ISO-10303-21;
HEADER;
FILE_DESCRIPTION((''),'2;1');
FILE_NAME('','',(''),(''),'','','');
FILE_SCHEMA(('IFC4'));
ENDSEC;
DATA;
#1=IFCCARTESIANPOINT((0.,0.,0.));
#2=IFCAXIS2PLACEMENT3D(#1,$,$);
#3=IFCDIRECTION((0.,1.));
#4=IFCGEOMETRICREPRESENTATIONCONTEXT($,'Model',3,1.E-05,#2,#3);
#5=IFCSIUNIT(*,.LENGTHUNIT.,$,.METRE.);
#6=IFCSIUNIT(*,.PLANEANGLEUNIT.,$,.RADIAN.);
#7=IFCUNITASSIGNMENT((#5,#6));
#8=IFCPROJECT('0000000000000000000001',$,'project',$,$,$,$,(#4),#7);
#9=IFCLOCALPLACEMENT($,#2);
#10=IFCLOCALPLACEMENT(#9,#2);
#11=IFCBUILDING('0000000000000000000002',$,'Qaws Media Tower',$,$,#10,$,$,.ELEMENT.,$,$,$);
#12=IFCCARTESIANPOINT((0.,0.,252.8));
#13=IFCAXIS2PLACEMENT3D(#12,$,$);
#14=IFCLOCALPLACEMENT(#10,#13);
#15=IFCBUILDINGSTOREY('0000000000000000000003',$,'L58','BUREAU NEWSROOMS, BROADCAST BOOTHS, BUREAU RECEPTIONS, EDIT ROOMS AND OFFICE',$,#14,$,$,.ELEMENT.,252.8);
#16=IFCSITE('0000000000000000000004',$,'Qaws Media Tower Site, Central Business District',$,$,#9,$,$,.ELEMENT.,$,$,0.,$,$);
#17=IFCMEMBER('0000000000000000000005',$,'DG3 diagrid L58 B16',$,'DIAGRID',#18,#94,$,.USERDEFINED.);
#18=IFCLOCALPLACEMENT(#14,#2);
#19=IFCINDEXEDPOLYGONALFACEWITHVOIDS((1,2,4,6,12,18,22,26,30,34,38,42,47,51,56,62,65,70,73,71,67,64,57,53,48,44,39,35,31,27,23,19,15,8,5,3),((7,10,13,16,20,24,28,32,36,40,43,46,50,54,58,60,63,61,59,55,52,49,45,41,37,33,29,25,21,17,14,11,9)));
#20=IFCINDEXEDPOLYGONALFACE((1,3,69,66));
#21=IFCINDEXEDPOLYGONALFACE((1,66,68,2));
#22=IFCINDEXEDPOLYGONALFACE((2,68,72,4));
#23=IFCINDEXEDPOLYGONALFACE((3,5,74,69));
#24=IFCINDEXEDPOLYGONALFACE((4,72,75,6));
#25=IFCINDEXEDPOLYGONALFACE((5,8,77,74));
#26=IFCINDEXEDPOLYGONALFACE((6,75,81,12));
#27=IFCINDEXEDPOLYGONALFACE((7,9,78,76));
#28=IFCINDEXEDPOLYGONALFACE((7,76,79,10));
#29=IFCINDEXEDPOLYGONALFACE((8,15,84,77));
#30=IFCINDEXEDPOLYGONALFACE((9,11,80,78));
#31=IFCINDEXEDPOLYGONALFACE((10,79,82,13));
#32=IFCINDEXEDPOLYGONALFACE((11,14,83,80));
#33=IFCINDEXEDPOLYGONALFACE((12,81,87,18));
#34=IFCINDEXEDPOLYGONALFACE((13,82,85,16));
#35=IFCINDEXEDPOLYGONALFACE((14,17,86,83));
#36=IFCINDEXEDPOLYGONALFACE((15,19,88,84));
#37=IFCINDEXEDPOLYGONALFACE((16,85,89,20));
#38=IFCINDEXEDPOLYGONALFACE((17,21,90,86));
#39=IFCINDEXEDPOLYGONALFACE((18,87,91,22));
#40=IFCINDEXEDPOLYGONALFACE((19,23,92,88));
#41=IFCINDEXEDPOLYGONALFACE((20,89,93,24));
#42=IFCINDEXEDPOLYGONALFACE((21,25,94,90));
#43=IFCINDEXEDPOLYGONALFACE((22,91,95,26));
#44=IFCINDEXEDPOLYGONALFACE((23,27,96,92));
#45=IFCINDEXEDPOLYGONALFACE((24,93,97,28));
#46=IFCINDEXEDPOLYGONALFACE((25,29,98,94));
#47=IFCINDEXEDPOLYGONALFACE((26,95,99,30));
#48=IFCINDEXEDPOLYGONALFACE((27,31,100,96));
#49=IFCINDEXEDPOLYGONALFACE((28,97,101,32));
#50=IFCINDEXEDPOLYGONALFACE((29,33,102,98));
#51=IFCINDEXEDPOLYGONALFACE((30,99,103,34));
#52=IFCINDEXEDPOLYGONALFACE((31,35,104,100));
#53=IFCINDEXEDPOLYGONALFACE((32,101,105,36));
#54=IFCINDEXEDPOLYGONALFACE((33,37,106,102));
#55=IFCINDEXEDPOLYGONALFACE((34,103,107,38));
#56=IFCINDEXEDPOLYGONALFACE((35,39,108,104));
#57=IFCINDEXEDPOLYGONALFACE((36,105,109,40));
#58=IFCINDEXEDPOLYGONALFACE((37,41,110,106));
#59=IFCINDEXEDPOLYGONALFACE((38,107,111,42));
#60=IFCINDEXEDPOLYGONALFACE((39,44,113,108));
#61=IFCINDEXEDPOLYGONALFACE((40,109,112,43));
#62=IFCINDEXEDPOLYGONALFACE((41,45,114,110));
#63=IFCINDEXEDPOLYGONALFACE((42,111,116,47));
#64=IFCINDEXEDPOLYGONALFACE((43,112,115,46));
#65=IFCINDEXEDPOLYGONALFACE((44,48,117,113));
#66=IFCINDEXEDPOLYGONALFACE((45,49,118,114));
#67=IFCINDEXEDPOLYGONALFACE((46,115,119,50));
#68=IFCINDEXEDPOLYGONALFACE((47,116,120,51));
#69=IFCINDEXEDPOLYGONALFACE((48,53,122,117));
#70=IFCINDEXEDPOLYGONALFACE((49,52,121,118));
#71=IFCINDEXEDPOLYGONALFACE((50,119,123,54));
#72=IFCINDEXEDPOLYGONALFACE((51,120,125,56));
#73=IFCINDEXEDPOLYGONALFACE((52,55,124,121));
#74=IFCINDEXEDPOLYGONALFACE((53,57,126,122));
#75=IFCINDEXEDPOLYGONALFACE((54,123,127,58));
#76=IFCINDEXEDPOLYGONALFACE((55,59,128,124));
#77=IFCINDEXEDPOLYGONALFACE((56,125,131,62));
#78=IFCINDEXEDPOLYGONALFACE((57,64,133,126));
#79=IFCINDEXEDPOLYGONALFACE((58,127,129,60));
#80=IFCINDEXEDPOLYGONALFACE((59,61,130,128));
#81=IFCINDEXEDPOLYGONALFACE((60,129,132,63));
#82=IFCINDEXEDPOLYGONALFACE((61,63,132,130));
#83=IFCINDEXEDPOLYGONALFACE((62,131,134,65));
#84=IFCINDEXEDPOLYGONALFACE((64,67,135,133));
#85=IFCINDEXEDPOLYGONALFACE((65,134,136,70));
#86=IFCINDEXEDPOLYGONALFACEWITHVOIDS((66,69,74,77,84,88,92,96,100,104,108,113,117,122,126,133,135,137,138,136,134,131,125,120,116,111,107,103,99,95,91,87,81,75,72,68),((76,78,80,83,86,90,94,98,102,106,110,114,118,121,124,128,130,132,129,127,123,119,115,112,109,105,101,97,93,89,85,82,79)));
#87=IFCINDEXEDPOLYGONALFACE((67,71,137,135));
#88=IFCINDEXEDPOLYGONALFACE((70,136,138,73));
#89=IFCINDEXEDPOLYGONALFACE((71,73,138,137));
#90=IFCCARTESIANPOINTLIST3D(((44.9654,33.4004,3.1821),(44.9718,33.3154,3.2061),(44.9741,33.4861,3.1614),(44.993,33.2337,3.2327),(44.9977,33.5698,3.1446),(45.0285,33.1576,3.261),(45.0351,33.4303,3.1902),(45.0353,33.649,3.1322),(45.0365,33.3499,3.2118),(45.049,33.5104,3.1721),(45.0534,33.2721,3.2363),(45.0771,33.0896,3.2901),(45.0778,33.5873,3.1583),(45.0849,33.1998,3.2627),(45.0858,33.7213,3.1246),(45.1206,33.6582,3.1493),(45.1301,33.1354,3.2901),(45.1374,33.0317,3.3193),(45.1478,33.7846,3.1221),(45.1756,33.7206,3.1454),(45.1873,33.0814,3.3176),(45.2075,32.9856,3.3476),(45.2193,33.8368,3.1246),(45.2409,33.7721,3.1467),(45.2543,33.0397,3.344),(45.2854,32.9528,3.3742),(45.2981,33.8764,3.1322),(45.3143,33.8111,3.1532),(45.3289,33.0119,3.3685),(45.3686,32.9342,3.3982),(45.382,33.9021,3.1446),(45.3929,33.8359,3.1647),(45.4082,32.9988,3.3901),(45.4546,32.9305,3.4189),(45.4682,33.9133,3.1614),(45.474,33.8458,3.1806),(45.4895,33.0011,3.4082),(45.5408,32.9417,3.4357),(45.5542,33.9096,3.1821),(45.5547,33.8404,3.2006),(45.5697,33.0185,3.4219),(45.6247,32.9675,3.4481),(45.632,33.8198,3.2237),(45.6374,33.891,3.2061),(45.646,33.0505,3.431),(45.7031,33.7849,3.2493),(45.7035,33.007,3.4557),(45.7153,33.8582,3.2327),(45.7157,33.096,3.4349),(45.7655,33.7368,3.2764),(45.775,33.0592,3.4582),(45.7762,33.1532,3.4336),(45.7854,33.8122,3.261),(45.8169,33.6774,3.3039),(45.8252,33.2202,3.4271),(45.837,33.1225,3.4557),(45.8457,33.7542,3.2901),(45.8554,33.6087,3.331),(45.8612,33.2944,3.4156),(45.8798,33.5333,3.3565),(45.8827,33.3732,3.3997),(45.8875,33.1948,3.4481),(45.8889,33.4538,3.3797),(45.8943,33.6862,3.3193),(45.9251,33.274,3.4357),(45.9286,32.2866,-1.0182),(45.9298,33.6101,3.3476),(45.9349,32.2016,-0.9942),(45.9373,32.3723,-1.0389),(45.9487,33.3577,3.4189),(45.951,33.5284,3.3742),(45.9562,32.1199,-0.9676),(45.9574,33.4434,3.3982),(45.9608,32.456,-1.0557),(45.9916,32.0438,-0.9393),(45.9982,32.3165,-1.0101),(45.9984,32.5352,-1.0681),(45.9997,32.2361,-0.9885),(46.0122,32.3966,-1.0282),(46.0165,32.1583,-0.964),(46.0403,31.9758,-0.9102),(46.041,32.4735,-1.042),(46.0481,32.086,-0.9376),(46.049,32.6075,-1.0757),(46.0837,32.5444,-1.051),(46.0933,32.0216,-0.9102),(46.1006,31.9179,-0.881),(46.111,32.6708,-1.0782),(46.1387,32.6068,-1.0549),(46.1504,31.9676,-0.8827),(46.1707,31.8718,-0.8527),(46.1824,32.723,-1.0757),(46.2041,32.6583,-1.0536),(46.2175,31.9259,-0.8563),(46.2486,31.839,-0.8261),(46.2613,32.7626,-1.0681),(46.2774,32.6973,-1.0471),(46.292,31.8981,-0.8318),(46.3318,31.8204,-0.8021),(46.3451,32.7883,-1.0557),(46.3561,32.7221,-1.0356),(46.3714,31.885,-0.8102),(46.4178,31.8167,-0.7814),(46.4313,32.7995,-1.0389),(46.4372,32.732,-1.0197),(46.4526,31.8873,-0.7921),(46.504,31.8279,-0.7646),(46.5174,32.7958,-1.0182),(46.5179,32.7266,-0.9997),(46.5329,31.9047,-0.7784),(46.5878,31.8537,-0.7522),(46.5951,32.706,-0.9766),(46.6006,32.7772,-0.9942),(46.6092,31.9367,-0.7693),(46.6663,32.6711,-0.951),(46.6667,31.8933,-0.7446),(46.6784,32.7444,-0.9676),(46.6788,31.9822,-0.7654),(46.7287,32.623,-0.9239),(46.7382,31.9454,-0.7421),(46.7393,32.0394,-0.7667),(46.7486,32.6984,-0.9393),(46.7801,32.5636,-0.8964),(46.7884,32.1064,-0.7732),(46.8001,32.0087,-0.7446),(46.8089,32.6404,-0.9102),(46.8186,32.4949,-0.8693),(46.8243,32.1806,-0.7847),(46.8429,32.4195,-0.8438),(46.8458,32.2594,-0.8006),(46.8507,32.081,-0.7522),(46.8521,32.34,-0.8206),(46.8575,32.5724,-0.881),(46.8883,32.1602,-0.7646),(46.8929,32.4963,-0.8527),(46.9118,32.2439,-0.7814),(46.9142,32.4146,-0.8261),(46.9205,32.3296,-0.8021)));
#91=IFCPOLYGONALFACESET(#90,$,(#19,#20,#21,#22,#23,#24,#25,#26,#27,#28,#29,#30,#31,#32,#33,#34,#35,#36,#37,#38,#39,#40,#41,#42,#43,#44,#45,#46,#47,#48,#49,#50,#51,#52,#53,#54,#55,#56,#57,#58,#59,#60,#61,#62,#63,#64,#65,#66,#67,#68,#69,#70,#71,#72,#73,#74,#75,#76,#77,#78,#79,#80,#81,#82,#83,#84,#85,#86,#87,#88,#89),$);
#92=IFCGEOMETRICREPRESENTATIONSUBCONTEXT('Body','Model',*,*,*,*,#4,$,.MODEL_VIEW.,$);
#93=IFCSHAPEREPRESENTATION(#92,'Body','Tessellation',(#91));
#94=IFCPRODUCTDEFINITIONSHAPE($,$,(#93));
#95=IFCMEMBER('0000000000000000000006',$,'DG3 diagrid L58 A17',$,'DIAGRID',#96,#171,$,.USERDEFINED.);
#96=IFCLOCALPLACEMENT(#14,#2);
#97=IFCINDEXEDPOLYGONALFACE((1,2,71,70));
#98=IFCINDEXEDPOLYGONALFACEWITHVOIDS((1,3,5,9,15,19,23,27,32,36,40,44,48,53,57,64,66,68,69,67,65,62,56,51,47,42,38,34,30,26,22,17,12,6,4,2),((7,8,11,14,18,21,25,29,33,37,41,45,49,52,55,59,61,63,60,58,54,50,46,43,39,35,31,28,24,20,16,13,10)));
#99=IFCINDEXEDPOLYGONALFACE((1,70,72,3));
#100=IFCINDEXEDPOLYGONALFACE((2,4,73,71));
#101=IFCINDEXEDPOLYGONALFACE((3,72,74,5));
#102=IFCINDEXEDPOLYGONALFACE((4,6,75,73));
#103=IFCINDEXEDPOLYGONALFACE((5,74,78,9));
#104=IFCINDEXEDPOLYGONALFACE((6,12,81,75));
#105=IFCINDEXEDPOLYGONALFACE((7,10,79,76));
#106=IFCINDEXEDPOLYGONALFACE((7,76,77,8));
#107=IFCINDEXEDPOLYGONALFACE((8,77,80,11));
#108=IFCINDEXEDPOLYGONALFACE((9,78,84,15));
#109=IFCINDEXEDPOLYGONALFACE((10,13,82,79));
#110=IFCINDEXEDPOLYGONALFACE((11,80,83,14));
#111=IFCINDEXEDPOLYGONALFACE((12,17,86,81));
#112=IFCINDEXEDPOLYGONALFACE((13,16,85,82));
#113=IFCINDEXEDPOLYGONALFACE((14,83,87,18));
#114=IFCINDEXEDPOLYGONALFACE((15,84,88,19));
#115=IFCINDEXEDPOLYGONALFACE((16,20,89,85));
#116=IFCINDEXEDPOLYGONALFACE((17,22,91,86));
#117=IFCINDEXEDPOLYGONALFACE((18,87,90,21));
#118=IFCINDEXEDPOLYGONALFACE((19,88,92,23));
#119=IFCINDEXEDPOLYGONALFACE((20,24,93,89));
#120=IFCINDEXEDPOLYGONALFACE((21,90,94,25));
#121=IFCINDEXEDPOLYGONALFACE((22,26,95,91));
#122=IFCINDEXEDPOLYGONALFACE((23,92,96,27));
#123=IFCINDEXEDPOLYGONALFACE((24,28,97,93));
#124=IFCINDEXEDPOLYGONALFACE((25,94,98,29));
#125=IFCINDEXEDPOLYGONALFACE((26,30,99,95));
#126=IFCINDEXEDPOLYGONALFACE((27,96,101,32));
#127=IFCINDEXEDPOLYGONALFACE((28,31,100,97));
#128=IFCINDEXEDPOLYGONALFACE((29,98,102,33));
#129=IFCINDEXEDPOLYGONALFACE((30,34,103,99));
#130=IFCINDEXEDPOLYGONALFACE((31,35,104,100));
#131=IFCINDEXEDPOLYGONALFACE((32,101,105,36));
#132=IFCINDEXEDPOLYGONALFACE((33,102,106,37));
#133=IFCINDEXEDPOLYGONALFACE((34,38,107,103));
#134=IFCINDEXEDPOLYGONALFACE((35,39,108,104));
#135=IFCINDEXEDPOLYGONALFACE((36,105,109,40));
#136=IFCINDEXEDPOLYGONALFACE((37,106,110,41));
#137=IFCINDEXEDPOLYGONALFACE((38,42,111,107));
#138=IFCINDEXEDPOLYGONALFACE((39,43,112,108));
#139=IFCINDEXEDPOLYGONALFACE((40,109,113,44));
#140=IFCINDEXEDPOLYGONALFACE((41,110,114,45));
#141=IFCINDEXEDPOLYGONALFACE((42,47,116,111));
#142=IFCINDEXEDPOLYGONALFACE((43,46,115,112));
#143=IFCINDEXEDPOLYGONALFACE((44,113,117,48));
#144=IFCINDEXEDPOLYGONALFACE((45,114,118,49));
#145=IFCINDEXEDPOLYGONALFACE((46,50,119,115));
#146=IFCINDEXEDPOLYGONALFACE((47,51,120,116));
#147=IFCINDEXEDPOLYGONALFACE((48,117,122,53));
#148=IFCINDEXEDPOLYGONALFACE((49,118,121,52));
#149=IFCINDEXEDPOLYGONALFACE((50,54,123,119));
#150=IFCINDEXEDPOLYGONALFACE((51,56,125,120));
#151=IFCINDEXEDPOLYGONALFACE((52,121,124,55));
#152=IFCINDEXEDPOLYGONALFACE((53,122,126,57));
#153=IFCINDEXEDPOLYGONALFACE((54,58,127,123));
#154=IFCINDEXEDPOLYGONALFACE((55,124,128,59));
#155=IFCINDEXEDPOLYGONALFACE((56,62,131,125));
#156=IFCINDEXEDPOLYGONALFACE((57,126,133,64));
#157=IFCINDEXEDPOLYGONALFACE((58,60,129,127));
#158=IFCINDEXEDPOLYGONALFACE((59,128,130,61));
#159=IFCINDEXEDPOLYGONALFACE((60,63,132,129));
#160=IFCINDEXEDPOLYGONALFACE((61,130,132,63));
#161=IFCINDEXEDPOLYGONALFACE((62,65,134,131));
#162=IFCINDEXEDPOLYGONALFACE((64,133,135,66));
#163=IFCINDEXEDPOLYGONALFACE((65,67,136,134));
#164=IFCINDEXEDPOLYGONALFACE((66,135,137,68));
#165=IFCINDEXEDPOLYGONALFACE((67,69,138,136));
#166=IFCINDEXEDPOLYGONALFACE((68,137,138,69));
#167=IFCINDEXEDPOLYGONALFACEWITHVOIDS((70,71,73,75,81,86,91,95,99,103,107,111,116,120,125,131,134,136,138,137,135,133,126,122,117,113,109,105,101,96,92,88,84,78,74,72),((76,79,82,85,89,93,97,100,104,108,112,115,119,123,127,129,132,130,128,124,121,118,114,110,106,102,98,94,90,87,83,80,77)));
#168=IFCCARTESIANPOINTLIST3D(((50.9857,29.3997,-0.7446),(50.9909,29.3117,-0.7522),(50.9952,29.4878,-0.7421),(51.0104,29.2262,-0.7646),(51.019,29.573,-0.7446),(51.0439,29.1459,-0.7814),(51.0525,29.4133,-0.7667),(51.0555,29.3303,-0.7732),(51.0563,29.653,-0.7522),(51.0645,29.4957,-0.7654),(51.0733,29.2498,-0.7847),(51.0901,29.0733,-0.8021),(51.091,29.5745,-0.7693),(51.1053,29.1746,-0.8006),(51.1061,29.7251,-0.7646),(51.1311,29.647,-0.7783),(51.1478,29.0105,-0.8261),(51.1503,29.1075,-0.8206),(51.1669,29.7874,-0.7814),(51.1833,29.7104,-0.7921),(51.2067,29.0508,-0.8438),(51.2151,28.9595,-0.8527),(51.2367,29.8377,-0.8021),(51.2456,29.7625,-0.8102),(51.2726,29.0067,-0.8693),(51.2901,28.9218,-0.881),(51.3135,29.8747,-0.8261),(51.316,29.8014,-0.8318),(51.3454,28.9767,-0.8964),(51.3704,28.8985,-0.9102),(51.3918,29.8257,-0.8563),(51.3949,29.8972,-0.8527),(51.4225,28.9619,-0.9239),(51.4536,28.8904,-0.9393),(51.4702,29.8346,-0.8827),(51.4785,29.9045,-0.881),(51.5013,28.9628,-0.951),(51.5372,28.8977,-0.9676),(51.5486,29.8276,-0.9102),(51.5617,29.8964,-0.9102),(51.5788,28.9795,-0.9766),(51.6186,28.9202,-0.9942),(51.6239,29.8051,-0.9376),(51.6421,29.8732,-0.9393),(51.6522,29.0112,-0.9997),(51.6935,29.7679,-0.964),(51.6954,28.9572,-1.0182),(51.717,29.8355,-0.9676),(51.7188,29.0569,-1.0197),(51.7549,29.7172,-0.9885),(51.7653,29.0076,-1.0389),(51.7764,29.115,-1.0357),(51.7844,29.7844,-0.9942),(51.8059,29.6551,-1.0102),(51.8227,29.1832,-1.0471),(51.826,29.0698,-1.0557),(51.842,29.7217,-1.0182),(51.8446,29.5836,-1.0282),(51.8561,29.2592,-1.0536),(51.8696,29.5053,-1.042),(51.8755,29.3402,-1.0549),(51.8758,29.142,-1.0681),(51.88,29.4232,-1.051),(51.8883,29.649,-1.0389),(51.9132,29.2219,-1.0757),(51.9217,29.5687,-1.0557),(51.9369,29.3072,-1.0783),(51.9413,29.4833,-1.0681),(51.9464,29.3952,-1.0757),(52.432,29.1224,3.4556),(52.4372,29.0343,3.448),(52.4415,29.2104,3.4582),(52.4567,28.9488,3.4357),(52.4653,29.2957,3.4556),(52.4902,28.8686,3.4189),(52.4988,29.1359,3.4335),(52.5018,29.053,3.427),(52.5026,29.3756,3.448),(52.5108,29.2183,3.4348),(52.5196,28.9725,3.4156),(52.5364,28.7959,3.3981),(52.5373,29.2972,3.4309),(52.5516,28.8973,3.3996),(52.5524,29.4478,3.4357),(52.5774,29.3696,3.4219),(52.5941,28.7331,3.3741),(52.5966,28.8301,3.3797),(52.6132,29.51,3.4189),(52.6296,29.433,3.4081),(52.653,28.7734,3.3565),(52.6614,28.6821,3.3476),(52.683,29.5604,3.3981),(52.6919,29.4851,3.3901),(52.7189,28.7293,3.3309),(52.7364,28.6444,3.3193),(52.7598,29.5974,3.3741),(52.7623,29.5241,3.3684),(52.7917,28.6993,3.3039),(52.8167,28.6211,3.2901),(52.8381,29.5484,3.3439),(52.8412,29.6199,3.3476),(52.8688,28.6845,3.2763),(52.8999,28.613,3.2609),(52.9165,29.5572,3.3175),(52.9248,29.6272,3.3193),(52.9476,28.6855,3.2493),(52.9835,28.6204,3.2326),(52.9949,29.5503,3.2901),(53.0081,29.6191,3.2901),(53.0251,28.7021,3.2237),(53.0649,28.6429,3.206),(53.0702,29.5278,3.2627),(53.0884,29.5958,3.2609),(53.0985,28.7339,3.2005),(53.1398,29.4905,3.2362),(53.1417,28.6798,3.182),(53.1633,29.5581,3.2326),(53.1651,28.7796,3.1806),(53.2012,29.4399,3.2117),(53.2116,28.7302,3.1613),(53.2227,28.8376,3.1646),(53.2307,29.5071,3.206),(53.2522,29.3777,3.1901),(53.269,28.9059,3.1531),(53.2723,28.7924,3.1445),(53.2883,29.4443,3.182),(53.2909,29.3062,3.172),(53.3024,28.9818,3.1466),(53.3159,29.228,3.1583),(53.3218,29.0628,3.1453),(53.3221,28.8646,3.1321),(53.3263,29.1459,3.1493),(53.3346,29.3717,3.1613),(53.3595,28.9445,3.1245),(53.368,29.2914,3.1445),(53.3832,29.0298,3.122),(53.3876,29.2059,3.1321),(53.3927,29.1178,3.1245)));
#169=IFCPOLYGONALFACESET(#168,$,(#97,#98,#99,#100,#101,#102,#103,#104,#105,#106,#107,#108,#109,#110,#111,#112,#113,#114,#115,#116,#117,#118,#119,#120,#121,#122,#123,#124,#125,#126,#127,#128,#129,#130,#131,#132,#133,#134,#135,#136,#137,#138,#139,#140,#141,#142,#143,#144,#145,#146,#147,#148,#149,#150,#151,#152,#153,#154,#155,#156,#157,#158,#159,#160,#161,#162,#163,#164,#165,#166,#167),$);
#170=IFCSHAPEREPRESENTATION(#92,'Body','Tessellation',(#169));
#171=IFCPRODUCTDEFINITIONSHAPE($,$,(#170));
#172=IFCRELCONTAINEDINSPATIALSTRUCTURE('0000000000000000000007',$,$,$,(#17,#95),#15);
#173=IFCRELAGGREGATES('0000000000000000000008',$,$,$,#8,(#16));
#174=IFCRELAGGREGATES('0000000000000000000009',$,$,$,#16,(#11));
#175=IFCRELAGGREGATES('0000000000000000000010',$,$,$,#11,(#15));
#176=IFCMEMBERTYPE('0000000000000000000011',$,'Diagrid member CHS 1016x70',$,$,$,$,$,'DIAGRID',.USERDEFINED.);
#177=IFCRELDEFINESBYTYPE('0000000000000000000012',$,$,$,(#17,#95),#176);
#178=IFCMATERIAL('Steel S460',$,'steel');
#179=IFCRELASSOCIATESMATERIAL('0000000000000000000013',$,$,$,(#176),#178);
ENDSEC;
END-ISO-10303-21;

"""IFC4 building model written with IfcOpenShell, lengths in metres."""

from ifc_helpers import new_model, si_unit, direction, frame, origin, origin_2d, place, context, subcontext, project, spatial, hollow_circle, extrude, material, material_profile, profile_set, type_object, element, save


model = new_model("IFC4")

# Units and contexts
model_context = context("Model", 3, precision=1e-05, world=origin(), true_north=direction((0.0, 1.0)))
body_context = subcontext(model_context, "Body", "Model", "MODEL_VIEW")
ifc_project = project(units=[si_unit("LENGTHUNIT", "METRE"), si_unit("PLANEANGLEUNIT", "RADIAN")], contexts=[model_context])

# Site, building, storey
site_placement = place(None, origin())
site = spatial("IfcSite", under=ifc_project, at=site_placement, Name="Qaws Media Tower Site, Central Business District", CompositionType="ELEMENT", RefElevation=0.0)
building_placement = place(site_placement, origin())
building = spatial("IfcBuilding", under=site, at=building_placement, Name="Qaws Media Tower", CompositionType="ELEMENT")
storey_placement = place(building_placement, frame((0.0, 0.0, 252.8)))
storey = spatial("IfcBuildingStorey", under=building, at=storey_placement, Name="L58", Description="BUREAU NEWSROOMS, BROADCAST BOOTHS, BUREAU RECEPTIONS, EDIT ROOMS AND OFFICE", CompositionType="ELEMENT", Elevation=252.8)

# Members
ifc_material_1 = material(Name="Steel S460", Category="steel")
ifc_material_profile_1 = material_profile(ifc_material_1, hollow_circle(Radius=0.5081, WallThickness=0.0701, at=origin_2d()), Name="CHS 1016x70")
ifc_profile_set_1 = profile_set([ifc_material_profile_1], Name="Steel S460")
member_type_1 = type_object("IfcMemberType", Name="Diagrid member CHS 1016x70", ElementType="DIAGRID", PredefinedType="USERDEFINED", material=ifc_profile_set_1)
for number, where, z_axis, x_axis, name in (
    (1, (46.4246, 32.3081, -0.9102), (-0.216395, 0.250239, 0.943691), (-0.756405, -0.654103, 0.0), "DG3 diagrid L58 B16"),
    (2, (51.4661, 29.3975, -0.9102), (0.324945, -0.062312, 0.943678), (0.188331, 0.982106, 0.0), "DG3 diagrid L58 A17"),
):
    element("IfcMember", number, at=place(storey_placement, frame(where, z_axis=z_axis, x_axis=x_axis)), inside=storey, type_object=member_type_1, Name=name, ObjectType="DIAGRID", PredefinedType="USERDEFINED", context=body_context, shape_type="SweptSolid", body=[
        extrude(hollow_circle(Radius=0.5081, WallThickness=0.0701, at=origin_2d()), origin(), (0.0, 0.0, 1.0), 4.4509),
    ])

save(model, "model.ifc")
